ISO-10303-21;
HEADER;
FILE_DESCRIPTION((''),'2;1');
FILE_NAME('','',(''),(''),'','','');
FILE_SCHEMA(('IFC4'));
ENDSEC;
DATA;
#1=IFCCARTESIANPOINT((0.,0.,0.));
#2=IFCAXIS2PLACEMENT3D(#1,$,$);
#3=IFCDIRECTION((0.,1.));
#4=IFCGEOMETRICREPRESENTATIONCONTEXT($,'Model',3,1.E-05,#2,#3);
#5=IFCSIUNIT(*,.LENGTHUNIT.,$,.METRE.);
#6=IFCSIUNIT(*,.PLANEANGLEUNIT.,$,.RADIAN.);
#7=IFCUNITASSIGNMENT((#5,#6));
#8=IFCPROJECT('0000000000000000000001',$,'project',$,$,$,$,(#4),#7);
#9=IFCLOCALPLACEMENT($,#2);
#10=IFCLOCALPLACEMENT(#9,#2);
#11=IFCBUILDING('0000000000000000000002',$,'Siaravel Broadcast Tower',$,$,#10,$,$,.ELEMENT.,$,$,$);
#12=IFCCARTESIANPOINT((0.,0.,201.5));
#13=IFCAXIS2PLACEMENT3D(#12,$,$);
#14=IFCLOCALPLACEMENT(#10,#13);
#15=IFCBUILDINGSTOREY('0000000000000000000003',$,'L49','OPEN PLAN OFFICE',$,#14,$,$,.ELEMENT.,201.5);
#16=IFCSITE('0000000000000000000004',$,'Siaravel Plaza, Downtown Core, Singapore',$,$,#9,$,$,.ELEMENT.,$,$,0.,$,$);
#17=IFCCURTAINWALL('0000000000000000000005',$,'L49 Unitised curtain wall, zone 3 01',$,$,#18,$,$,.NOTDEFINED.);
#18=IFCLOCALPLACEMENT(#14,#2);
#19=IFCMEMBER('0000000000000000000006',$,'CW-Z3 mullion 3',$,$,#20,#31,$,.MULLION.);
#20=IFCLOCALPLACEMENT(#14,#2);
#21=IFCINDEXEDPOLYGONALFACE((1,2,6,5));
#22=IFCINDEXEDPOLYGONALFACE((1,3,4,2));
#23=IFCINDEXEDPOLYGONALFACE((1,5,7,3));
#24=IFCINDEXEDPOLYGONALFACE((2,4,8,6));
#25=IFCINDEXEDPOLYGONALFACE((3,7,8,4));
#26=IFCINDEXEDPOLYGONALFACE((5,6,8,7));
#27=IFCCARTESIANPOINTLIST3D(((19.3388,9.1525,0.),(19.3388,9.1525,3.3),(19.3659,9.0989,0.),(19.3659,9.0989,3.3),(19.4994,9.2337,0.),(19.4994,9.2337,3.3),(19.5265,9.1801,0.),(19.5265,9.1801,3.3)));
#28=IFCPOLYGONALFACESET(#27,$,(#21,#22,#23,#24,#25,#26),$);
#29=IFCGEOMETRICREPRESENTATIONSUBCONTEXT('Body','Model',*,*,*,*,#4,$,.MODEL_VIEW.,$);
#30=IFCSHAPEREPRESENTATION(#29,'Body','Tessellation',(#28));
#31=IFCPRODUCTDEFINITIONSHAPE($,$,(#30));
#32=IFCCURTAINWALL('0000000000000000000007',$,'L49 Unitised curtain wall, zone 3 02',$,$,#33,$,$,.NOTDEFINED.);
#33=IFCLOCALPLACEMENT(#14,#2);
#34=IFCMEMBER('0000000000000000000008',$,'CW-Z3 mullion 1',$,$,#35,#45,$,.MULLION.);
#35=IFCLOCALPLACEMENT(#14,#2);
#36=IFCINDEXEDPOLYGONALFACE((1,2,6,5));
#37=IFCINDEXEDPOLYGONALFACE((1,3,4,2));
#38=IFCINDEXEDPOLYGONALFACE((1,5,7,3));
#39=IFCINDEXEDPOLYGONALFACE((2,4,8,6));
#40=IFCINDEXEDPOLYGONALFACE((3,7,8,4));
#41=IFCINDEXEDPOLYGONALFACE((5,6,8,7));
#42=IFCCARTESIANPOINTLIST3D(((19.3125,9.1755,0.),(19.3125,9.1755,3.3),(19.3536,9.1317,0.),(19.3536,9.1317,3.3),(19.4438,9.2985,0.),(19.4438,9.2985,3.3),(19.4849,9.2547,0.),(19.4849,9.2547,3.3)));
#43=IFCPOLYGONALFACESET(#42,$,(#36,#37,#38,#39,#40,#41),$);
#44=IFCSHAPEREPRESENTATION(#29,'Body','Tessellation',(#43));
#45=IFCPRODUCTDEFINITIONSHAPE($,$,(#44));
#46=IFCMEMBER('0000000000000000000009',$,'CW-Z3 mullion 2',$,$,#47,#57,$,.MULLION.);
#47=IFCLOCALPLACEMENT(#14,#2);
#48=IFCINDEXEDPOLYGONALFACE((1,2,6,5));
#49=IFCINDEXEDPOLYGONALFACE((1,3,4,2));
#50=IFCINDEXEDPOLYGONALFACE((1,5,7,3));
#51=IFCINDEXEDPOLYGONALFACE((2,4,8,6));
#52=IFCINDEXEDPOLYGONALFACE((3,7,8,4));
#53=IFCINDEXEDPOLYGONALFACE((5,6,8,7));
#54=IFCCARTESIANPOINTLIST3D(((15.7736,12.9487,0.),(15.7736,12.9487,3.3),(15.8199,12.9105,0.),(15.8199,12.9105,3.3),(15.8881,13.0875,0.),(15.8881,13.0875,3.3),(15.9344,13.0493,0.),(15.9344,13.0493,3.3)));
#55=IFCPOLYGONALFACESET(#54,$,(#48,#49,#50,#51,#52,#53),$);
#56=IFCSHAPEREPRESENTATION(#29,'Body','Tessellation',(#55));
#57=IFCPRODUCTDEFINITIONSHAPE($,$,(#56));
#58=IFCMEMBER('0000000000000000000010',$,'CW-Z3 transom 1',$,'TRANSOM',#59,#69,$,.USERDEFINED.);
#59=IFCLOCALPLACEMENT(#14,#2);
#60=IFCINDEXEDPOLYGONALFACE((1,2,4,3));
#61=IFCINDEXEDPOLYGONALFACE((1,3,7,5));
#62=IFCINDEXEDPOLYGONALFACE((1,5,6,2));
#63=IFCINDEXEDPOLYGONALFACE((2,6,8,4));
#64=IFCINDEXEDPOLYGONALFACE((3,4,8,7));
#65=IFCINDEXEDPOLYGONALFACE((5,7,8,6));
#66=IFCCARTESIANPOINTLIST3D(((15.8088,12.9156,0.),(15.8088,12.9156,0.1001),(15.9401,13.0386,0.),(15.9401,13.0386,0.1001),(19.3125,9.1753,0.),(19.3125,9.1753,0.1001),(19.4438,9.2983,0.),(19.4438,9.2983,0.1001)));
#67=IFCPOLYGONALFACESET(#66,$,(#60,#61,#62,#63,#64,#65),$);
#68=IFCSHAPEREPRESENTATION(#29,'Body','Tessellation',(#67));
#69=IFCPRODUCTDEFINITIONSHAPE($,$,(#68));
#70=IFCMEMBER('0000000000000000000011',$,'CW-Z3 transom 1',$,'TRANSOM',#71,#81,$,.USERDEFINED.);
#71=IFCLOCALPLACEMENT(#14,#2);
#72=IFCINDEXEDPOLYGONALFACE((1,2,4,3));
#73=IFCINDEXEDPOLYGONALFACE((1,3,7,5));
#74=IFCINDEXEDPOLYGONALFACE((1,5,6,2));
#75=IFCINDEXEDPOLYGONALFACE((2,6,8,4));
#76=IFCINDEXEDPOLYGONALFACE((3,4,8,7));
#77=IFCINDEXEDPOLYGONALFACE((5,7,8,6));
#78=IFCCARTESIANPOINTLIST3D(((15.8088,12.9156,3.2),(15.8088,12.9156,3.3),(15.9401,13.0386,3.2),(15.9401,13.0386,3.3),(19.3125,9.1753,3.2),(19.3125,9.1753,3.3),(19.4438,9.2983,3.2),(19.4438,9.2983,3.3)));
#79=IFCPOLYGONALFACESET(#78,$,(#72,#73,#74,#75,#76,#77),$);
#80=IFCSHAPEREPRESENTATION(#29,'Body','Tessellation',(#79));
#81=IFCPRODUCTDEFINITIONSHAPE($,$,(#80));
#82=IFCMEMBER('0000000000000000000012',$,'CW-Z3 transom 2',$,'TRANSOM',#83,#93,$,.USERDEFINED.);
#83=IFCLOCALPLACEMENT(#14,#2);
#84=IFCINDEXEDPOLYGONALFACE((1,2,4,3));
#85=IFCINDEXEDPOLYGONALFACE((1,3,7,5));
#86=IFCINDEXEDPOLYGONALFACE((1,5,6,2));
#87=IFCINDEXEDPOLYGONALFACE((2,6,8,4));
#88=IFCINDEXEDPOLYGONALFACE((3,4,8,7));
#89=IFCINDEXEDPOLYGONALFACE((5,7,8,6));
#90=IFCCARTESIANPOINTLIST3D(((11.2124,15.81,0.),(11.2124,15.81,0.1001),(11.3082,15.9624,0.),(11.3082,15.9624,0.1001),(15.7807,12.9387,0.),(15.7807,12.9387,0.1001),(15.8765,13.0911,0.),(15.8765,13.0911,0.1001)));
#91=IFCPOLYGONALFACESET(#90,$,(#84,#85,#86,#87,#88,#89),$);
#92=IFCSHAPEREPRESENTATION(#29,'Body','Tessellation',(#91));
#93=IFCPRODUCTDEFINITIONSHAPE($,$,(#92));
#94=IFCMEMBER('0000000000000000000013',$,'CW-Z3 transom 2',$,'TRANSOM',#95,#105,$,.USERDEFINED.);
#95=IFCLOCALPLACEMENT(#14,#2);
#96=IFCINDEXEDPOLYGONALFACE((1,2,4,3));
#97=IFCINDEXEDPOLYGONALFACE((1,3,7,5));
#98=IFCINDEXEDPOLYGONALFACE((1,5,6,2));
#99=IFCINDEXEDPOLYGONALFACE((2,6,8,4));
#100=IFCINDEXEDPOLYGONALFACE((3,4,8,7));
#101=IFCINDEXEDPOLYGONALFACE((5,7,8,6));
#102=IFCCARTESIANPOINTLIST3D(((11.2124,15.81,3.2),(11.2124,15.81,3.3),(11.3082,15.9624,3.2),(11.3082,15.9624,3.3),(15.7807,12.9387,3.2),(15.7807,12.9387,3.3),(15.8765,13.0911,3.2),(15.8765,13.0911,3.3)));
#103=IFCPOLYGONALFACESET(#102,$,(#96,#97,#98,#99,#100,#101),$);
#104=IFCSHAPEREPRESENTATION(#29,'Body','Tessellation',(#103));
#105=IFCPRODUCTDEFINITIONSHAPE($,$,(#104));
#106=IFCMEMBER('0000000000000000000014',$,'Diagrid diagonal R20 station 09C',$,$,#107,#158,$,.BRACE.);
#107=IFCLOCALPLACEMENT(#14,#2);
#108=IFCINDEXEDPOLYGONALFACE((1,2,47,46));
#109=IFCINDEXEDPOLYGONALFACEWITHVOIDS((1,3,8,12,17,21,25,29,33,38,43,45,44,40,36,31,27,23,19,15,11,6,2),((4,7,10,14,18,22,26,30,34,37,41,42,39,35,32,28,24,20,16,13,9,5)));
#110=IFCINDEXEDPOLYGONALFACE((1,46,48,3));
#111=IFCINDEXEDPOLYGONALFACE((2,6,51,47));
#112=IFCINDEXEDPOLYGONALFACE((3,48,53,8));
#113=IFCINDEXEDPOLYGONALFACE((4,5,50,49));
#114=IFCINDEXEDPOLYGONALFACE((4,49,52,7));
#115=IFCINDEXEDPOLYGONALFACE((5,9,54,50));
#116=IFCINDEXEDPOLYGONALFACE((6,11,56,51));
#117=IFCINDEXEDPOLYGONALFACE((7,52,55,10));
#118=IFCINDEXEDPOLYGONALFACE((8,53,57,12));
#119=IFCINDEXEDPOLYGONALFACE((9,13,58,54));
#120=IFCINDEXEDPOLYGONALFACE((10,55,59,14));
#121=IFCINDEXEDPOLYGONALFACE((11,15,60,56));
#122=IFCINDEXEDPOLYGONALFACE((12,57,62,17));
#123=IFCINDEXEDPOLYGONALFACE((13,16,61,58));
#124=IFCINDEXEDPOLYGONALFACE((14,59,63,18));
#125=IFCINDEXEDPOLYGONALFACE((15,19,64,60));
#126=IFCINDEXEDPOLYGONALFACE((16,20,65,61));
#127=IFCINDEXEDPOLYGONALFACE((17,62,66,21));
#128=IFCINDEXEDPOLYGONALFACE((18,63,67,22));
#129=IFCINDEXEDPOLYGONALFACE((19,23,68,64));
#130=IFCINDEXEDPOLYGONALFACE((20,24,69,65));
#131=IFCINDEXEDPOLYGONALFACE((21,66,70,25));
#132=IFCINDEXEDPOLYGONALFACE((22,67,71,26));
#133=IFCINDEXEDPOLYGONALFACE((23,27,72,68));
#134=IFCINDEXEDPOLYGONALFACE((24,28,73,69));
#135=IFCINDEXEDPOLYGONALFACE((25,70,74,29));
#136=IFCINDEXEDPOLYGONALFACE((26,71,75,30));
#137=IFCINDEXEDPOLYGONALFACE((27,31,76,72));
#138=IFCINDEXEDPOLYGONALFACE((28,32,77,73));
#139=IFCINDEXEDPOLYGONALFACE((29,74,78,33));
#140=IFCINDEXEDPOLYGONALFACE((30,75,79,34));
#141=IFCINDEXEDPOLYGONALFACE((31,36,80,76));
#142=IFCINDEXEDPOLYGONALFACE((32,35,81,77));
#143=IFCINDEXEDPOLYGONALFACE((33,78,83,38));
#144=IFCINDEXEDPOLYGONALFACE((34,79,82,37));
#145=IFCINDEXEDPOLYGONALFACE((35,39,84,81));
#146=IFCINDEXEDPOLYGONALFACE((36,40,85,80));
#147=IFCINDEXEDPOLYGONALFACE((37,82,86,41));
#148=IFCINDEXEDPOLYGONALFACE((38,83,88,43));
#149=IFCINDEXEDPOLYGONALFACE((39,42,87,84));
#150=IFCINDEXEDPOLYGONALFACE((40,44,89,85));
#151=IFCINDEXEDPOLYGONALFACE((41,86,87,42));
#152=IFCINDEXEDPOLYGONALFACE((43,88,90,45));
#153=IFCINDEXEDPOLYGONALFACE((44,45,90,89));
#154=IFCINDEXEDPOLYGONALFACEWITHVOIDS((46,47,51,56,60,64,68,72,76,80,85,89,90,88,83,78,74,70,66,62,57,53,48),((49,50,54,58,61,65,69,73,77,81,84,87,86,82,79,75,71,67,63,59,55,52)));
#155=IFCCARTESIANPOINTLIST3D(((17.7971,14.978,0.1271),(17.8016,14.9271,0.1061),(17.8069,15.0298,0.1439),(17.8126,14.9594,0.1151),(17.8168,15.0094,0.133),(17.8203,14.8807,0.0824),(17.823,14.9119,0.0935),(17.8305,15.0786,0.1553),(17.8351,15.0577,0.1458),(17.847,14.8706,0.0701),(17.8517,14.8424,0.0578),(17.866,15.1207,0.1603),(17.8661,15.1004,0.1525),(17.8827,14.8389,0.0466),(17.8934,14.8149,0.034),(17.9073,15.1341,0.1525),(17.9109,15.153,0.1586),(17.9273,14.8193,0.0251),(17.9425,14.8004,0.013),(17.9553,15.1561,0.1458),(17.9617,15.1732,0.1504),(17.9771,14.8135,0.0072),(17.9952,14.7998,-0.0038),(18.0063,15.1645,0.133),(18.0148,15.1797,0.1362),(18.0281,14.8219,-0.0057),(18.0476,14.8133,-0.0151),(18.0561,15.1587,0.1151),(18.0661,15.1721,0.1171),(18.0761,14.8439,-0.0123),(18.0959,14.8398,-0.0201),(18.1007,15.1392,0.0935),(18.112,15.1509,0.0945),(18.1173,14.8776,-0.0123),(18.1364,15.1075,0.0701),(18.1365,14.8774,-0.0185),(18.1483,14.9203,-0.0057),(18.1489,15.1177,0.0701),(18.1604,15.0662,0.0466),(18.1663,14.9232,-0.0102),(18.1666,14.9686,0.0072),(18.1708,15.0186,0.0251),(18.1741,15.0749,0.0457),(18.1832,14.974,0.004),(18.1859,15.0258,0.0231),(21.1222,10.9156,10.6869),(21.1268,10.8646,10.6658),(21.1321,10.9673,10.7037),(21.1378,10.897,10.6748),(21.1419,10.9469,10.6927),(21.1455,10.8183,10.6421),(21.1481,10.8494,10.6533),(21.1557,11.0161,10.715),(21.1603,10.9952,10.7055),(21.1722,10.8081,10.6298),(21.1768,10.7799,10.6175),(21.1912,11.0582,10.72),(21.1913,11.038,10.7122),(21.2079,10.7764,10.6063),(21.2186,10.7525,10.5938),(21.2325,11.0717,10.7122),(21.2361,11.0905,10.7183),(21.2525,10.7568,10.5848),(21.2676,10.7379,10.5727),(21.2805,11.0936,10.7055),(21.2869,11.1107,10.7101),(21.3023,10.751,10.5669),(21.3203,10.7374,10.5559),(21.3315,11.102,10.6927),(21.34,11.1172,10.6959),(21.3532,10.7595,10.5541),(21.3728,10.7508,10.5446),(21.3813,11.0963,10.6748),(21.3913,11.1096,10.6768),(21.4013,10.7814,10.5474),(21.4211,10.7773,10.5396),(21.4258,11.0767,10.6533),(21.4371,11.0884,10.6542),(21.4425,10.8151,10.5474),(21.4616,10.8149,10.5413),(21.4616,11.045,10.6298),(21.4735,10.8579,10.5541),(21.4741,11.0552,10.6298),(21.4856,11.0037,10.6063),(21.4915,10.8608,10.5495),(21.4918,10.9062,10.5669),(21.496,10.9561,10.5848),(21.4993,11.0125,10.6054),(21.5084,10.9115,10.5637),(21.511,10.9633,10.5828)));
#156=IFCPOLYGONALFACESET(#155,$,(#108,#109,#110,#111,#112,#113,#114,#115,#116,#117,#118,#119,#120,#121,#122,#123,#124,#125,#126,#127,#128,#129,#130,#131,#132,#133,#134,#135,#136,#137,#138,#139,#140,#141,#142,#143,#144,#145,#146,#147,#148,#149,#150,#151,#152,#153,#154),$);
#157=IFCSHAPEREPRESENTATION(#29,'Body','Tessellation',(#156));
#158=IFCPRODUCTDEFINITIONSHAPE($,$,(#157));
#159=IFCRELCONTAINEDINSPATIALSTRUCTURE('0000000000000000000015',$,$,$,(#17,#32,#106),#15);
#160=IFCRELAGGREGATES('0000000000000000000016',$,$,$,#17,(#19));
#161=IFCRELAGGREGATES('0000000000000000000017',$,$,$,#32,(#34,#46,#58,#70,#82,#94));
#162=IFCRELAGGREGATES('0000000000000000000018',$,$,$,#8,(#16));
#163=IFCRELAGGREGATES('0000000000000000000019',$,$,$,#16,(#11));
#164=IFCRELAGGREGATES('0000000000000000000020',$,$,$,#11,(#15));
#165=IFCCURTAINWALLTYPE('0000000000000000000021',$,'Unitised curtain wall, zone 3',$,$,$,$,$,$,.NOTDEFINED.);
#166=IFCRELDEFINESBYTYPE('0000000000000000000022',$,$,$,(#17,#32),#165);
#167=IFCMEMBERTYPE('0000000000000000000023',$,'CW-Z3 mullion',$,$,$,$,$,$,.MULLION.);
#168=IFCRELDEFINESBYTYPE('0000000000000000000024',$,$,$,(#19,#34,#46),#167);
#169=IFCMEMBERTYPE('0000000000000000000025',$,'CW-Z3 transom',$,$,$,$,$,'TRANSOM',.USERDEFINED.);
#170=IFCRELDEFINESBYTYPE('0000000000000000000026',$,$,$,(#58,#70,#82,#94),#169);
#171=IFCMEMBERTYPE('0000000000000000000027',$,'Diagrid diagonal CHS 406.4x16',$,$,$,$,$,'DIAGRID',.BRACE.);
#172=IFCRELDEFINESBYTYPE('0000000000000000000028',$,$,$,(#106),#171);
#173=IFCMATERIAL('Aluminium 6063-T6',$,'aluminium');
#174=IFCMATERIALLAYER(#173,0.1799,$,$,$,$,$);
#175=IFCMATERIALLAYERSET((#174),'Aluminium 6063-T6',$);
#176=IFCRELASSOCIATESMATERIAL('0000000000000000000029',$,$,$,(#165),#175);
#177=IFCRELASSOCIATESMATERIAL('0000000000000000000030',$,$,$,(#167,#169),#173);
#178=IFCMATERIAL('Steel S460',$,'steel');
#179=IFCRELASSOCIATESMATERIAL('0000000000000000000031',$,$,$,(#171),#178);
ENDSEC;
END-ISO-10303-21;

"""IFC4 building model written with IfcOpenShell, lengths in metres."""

from ifc_helpers import new_model, si_unit, direction, frame, origin, origin_2d, place, context, subcontext, project, spatial, rectangle, hollow_circle, extrude, material, layer, layer_set, material_profile, profile_set, type_object, element, aggregate, save


model = new_model("IFC4")

# Units and contexts
model_context = context("Model", 3, precision=1e-05, world=origin(), true_north=direction((0.0, 1.0)))
body_context = subcontext(model_context, "Body", "Model", "MODEL_VIEW")
ifc_project = project(units=[si_unit("LENGTHUNIT", "METRE"), si_unit("PLANEANGLEUNIT", "RADIAN")], contexts=[model_context])

# Site, building, storey
site_placement = place(None, origin())
site = spatial("IfcSite", under=ifc_project, at=site_placement, Name="Siaravel Plaza, Downtown Core, Singapore", CompositionType="ELEMENT", RefElevation=0.0)
building_placement = place(site_placement, origin())
building = spatial("IfcBuilding", under=site, at=building_placement, Name="Siaravel Broadcast Tower", CompositionType="ELEMENT")
storey_placement = place(building_placement, frame((0.0, 0.0, 201.5)))
storey = spatial("IfcBuildingStorey", under=building, at=storey_placement, Name="L49", Description="OPEN PLAN OFFICE", CompositionType="ELEMENT", Elevation=201.5)

# Curtain wall, member
ifc_material_1 = material(Name="Aluminium 6063-T6", Category="aluminium")
ifc_layer_1 = layer(ifc_material_1, 0.1799)
ifc_layer_set_1 = layer_set([ifc_layer_1], Name="Aluminium 6063-T6")
curtain_wall_type = type_object("IfcCurtainWallType", Name="Unitised curtain wall, zone 3", PredefinedType="NOTDEFINED", material=ifc_layer_set_1)
curtain_wall_1_placement = place(storey_placement, origin())
curtain_wall_1 = element("IfcCurtainWall", 1, at=curtain_wall_1_placement, inside=storey, type_object=curtain_wall_type, Name="L49 Unitised curtain wall, zone 3 01", PredefinedType="NOTDEFINED")
ifc_material_profile_1 = material_profile(ifc_material_1, rectangle(XDim=0.1799, YDim=0.0601, at=origin_2d()))
ifc_profile_set_1 = profile_set([ifc_material_profile_1], Name="Aluminium 6063-T6")
member_type_1 = type_object("IfcMemberType", Name="CW-Z3 mullion", PredefinedType="MULLION", material=ifc_profile_set_1)
member_1_placement = place(storey_placement, frame((19.4326, 9.1663, 0.0), z_axis=(0.0, 0.0, 1.0), x_axis=(-0.892393, -0.451259, 0.0)))
member_1 = element("IfcMember", 2, at=member_1_placement, type_object=member_type_1, Name="CW-Z3 mullion 3", PredefinedType="MULLION", context=body_context, shape_type="SweptSolid", body=[
    extrude(rectangle(XDim=0.1799, YDim=0.0601, at=origin_2d()), origin(), (0.0, 0.0, 1.0), 3.3),
])
aggregate(curtain_wall_1, [member_1])

# Curtain wall, members
curtain_wall_2_placement = place(storey_placement, origin())
curtain_wall_2 = element("IfcCurtainWall", 3, at=curtain_wall_2_placement, inside=storey, type_object=curtain_wall_type, Name="L49 Unitised curtain wall, zone 3 02", PredefinedType="NOTDEFINED")
member_2_placement = place(storey_placement, frame((19.3987, 9.2151, 0.0), z_axis=(0.0, 0.0, 1.0), x_axis=(-0.729807, -0.683653, 0.0)))
member_2 = element("IfcMember", 4, at=member_2_placement, type_object=member_type_1, Name="CW-Z3 mullion 1", PredefinedType="MULLION", context=body_context, shape_type="SweptSolid", body=[
    extrude(rectangle(XDim=0.1799, YDim=0.0601, at=origin_2d()), origin(), (0.0, 0.0, 1.0), 3.3),
])
member_3_placement = place(storey_placement, frame((15.854, 12.999, 0.0), z_axis=(0.0, 0.0, 1.0), x_axis=(-0.636221, -0.771507, 0.0)))
member_3 = element("IfcMember", 5, at=member_3_placement, type_object=member_type_1, Name="CW-Z3 mullion 2", PredefinedType="MULLION", context=body_context, shape_type="SweptSolid", body=[
    extrude(rectangle(XDim=0.1799, YDim=0.0601, at=origin_2d()), origin(), (0.0, 0.0, 1.0), 3.3),
])
ifc_material_profile_2 = material_profile(ifc_material_1, rectangle(XDim=0.1799, YDim=0.1001, at=origin_2d()))
ifc_profile_set_2 = profile_set([ifc_material_profile_2], Name="Aluminium 6063-T6")
member_type_2 = type_object("IfcMemberType", Name="CW-Z3 transom", ElementType="TRANSOM", PredefinedType="USERDEFINED", material=ifc_profile_set_2)
member_4_placement = place(storey_placement, frame((19.3782, 9.2368, 0.05), z_axis=(-0.68365, 0.72981, 0.0), x_axis=(-0.72981, -0.68365, 0.0)))
member_4 = element("IfcMember", 6, at=member_4_placement, type_object=member_type_2, Name="CW-Z3 transom 1", ObjectType="TRANSOM", PredefinedType="USERDEFINED", context=body_context, shape_type="SweptSolid", body=[
    extrude(rectangle(XDim=0.1799, YDim=0.1001, at=origin_2d()), origin(), (0.0, 0.0, 1.0), 5.125),
])
member_5_placement = place(storey_placement, frame((19.3782, 9.2368, 3.25), z_axis=(-0.68365, 0.72981, 0.0), x_axis=(-0.72981, -0.68365, 0.0)))
member_5 = element("IfcMember", 7, at=member_5_placement, type_object=member_type_2, Name="CW-Z3 transom 1", ObjectType="TRANSOM", PredefinedType="USERDEFINED", context=body_context, shape_type="SweptSolid", body=[
    extrude(rectangle(XDim=0.1799, YDim=0.1001, at=origin_2d()), origin(), (0.0, 0.0, 1.0), 5.125),
])
member_6_placement = place(storey_placement, frame((15.8286, 13.0149, 0.05), z_axis=(-0.846653, 0.532145, 0.0), x_axis=(-0.532145, -0.846653, 0.0)))
member_6 = element("IfcMember", 8, at=member_6_placement, type_object=member_type_2, Name="CW-Z3 transom 2", ObjectType="TRANSOM", PredefinedType="USERDEFINED", context=body_context, shape_type="SweptSolid", body=[
    extrude(rectangle(XDim=0.1799, YDim=0.1001, at=origin_2d()), origin(), (0.0, 0.0, 1.0), 5.3958),
])
member_7_placement = place(storey_placement, frame((15.8286, 13.0149, 3.25), z_axis=(-0.846653, 0.532145, 0.0), x_axis=(-0.532145, -0.846653, 0.0)))
member_7 = element("IfcMember", 9, at=member_7_placement, type_object=member_type_2, Name="CW-Z3 transom 2", ObjectType="TRANSOM", PredefinedType="USERDEFINED", context=body_context, shape_type="SweptSolid", body=[
    extrude(rectangle(XDim=0.1799, YDim=0.1001, at=origin_2d()), origin(), (0.0, 0.0, 1.0), 5.3958),
])

# Member
ifc_material_2 = material(Name="Steel S460", Category="steel")
ifc_material_profile_3 = material_profile(ifc_material_2, hollow_circle(Radius=0.2031, WallThickness=0.0161, at=origin_2d()))
ifc_profile_set_3 = profile_set([ifc_material_profile_3], Name="Steel S460")
member_type_3 = type_object("IfcMemberType", Name="Diagrid diagonal CHS 406.4x16", ElementType="DIAGRID", PredefinedType="BRACE", material=ifc_profile_set_3)
member_8_placement = place(storey_placement, frame((17.9917, 14.989, 0.0701), z_axis=(0.281968, -0.344489, 0.895445), x_axis=(0.773833, 0.63339, 0.0)))
element("IfcMember", 10, at=member_8_placement, inside=storey, type_object=member_type_3, Name="Diagrid diagonal R20 station 09C", PredefinedType="BRACE", context=body_context, shape_type="SweptSolid", body=[
    extrude(hollow_circle(Radius=0.2031, WallThickness=0.0161, at=origin_2d()), origin(), (0.0, 0.0, 1.0), 11.7927),
])

aggregate(curtain_wall_2, [member_2, member_3, member_4, member_5, member_6, member_7])

save(model, "model.ifc")
